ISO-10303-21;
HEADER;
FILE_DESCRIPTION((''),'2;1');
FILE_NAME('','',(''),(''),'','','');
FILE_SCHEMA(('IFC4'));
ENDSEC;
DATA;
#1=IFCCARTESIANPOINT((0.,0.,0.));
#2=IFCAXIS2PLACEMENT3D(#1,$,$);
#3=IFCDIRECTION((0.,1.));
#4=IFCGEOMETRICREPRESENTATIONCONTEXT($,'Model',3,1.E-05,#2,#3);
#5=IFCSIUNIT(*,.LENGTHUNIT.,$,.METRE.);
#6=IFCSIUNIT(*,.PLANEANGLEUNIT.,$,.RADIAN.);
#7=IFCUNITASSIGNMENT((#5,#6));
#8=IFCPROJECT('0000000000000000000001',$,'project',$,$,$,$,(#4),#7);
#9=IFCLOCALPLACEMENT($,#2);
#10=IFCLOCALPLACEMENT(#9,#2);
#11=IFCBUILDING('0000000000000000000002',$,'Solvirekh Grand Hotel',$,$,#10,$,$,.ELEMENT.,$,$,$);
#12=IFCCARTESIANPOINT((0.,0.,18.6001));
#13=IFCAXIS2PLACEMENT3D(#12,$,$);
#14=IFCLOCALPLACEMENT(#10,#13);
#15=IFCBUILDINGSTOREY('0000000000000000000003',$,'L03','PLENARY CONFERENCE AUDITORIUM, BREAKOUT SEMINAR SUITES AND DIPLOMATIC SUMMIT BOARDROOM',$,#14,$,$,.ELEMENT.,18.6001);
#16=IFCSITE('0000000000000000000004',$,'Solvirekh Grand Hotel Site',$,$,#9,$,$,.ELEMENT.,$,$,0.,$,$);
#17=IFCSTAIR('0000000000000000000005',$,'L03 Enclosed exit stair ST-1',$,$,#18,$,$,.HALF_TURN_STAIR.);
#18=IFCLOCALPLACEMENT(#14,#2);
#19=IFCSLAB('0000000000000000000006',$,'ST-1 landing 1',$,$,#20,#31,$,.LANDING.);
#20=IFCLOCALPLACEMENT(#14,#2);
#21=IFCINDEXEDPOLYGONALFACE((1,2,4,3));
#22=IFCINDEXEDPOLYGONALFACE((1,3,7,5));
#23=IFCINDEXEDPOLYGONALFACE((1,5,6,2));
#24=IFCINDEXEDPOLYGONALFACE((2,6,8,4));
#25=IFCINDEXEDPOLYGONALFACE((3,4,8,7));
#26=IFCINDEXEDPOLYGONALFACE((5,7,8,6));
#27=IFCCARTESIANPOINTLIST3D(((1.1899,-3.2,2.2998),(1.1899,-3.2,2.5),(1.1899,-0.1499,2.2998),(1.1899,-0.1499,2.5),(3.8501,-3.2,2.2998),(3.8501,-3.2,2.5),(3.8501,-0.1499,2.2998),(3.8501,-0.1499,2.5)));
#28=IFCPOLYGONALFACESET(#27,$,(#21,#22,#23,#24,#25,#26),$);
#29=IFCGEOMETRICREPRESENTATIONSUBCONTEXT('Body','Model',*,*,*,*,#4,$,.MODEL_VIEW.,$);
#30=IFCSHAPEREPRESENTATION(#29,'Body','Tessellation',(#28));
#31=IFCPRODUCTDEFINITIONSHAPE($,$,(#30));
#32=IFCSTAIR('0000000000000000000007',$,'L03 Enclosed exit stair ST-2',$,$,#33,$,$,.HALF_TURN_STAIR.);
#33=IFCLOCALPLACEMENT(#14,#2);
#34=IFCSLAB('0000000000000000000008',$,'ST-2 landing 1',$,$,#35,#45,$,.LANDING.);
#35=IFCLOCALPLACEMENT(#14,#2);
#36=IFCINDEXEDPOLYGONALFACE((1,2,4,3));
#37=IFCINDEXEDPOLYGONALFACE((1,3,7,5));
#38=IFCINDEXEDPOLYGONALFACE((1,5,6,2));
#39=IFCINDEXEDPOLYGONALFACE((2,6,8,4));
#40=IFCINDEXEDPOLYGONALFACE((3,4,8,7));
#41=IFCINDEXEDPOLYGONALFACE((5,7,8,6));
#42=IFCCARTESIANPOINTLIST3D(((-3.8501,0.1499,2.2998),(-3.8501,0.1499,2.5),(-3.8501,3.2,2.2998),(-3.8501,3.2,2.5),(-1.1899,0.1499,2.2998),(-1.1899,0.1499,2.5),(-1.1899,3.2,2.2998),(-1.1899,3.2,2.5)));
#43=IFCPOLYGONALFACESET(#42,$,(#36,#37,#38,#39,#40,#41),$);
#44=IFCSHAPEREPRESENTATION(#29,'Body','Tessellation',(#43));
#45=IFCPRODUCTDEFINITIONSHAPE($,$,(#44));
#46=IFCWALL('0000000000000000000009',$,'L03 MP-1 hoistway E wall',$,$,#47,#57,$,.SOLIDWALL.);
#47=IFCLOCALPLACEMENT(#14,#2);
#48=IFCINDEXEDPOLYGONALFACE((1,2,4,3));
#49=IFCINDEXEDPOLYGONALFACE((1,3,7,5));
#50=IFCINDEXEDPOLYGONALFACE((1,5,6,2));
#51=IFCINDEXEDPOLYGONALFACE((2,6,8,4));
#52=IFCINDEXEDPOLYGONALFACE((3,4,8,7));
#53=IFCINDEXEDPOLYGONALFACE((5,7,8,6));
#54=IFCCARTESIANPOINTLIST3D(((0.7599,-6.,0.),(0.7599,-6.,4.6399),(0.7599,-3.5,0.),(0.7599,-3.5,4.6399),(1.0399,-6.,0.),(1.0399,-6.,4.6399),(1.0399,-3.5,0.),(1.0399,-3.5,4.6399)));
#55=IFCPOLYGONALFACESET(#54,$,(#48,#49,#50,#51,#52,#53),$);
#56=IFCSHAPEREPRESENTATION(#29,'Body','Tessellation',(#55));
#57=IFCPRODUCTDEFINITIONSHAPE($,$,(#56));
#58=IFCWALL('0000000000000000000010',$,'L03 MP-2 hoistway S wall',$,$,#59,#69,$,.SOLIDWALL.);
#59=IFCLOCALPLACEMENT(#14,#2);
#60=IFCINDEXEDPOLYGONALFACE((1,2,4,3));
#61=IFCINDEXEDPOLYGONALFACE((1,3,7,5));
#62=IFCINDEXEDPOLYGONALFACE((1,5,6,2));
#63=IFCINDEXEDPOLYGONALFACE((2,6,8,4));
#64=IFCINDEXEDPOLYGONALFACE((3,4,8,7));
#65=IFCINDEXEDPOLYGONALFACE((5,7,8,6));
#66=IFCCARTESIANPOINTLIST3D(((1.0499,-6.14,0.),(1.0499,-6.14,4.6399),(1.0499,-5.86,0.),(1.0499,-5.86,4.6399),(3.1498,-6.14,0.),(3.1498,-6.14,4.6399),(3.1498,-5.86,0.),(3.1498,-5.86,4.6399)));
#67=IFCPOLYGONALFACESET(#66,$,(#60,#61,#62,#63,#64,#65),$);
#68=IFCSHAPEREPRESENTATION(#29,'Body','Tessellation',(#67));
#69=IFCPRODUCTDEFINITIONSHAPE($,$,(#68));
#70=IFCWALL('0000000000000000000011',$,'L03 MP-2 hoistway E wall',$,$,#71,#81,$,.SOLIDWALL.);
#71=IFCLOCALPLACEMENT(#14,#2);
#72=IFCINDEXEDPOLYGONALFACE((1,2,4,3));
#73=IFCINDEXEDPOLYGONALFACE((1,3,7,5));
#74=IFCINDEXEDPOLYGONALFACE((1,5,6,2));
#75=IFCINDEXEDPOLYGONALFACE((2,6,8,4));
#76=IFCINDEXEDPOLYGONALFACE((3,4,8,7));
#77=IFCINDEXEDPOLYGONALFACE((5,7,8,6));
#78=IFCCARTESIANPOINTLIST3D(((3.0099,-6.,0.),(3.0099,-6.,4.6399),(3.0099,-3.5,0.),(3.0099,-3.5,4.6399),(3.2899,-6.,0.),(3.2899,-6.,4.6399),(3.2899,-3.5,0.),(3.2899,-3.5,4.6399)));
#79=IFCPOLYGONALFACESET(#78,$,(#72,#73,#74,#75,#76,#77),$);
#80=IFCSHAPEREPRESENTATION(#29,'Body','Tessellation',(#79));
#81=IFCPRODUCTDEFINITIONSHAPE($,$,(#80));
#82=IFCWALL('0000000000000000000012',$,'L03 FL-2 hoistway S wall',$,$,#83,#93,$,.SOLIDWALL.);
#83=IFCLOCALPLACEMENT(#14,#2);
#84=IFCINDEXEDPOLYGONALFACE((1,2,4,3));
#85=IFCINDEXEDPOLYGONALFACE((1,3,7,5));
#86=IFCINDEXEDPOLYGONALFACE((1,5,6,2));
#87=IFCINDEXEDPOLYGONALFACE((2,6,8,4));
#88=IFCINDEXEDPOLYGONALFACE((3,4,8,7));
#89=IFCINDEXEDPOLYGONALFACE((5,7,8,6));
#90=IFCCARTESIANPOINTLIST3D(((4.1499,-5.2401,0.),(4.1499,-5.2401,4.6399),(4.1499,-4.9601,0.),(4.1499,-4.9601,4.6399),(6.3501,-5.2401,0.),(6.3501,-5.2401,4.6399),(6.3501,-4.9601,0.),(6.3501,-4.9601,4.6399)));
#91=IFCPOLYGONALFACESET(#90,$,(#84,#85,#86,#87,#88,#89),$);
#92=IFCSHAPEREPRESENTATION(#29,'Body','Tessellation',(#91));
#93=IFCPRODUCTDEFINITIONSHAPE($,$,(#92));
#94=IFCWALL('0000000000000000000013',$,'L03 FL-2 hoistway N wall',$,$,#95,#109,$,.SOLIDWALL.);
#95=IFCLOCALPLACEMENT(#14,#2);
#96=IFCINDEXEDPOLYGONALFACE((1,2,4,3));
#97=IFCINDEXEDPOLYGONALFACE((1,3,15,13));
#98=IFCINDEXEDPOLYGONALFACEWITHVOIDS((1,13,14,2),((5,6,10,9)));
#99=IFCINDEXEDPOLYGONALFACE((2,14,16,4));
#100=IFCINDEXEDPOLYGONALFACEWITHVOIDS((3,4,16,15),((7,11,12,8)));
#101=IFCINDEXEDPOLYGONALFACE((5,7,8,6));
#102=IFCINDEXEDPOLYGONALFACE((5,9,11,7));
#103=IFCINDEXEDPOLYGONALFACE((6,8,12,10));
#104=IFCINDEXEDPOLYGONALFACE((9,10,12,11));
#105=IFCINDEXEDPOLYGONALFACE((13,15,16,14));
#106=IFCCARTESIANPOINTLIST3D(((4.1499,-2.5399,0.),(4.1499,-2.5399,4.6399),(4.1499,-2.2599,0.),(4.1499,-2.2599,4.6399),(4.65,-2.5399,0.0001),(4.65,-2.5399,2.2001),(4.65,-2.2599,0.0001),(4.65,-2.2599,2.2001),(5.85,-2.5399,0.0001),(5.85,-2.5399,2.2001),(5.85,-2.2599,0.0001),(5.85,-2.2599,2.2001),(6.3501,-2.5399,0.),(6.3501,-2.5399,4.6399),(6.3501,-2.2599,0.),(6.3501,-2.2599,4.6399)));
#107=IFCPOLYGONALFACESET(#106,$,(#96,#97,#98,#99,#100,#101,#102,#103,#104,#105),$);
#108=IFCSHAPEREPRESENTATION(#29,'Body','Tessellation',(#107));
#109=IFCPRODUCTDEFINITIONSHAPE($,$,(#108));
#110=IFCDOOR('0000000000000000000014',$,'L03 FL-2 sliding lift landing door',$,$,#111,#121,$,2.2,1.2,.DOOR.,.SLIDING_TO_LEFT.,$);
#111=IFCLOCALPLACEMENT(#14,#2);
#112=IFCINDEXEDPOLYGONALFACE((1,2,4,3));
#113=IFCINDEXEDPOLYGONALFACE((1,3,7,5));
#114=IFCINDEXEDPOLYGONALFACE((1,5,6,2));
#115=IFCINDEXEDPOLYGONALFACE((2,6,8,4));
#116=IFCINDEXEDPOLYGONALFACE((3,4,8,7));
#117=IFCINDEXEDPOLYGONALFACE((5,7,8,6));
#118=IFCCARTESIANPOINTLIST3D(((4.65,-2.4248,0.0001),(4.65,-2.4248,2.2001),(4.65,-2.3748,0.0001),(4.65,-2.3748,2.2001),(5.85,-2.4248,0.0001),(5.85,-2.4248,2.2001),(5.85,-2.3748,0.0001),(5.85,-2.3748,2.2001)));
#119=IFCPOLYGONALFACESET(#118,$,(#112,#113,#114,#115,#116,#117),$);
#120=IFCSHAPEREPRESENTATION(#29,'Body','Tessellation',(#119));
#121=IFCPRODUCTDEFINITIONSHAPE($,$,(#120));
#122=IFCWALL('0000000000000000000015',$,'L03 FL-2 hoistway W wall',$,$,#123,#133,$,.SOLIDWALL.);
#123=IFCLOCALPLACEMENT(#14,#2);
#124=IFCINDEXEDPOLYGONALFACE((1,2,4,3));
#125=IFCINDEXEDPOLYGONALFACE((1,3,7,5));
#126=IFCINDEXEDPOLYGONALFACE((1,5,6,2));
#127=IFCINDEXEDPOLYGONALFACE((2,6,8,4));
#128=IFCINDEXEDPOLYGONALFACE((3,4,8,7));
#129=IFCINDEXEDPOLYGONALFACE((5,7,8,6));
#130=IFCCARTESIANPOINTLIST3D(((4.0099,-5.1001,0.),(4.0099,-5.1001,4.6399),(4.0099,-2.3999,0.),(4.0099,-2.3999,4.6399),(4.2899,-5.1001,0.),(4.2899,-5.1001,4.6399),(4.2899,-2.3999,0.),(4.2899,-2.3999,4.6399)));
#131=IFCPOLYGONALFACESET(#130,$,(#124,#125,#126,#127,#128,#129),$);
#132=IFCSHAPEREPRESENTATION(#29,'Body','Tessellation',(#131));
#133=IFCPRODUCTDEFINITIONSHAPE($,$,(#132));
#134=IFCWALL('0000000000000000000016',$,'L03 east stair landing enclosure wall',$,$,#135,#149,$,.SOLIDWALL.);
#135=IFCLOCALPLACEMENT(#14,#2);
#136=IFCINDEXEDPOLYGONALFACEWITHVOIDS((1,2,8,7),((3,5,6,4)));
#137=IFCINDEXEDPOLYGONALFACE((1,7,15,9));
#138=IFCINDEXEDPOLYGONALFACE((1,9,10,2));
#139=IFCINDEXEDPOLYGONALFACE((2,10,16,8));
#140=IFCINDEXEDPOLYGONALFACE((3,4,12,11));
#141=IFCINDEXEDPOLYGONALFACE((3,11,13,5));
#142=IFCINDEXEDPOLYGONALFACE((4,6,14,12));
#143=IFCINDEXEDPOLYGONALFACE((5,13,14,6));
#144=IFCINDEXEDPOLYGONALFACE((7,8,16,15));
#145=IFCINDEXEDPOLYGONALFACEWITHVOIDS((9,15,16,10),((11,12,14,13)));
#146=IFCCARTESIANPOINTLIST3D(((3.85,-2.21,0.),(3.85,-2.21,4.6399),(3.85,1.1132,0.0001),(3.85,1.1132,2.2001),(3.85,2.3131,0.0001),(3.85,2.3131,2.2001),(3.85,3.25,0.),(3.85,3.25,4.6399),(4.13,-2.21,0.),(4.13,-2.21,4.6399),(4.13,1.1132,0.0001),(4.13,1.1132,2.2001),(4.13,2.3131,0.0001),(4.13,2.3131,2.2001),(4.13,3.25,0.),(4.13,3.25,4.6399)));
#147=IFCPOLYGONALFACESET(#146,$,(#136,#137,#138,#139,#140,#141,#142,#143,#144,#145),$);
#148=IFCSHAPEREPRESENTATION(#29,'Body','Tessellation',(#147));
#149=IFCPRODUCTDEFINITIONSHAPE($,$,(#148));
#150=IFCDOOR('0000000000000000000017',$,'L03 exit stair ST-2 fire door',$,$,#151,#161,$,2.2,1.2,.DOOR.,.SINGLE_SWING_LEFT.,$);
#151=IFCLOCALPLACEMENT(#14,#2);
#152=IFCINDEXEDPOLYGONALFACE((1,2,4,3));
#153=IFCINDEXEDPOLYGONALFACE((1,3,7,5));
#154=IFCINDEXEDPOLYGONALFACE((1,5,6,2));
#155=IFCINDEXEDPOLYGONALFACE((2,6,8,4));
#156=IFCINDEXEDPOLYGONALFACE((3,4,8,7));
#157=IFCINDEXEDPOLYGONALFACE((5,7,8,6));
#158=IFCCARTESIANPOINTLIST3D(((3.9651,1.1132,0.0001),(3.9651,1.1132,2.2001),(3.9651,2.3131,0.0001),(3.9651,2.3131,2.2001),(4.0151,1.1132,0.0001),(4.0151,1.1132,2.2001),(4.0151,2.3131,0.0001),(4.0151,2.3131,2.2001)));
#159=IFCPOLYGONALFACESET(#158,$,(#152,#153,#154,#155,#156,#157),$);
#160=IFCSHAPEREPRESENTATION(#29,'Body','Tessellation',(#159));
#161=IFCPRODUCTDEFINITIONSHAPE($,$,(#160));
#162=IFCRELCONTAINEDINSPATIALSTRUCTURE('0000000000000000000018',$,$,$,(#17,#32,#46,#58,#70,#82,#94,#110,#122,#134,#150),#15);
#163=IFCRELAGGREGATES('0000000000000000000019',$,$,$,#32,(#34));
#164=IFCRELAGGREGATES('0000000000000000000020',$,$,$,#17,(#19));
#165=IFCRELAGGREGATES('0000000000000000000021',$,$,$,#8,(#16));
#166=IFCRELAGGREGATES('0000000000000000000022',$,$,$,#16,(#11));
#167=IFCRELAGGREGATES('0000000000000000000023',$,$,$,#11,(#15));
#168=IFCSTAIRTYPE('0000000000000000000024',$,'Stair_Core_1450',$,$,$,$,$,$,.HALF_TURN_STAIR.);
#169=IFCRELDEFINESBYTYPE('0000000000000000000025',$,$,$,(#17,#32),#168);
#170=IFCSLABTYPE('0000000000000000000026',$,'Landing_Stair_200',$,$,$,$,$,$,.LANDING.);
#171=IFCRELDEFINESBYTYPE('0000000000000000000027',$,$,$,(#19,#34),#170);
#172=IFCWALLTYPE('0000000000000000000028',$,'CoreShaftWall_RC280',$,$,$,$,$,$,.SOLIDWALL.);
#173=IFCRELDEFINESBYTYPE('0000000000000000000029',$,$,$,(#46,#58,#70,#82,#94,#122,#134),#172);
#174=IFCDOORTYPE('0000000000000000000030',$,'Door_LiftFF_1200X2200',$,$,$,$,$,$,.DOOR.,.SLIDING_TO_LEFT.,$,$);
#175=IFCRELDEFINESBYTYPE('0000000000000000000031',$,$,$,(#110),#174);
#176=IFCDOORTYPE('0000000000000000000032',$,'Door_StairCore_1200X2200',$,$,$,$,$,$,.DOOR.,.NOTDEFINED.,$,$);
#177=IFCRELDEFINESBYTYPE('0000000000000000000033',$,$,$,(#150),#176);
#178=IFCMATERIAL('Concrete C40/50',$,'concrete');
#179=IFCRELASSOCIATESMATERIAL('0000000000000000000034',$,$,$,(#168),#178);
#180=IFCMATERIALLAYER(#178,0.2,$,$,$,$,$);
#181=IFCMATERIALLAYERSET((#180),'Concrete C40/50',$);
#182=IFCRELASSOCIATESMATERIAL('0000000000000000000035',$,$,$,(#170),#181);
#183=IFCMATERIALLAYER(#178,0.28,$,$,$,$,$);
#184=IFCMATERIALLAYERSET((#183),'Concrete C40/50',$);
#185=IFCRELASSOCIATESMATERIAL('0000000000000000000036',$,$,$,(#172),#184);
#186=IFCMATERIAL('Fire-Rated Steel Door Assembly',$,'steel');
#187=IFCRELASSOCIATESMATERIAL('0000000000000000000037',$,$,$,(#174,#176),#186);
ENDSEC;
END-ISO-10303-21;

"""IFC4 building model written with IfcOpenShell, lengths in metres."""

from ifc_helpers import new_model, si_unit, direction, frame, frame_2d, origin, place, context, subcontext, project, spatial, polyline, rectangle, outline, extrude, material, layer, layer_set, type_object, element, fill, aggregate, save


model = new_model("IFC4")

# Units and contexts
model_context = context("Model", 3, precision=1e-05, world=origin(), true_north=direction((0.0, 1.0)))
body_context = subcontext(model_context, "Body", "Model", "MODEL_VIEW")
ifc_project = project(units=[si_unit("LENGTHUNIT", "METRE"), si_unit("PLANEANGLEUNIT", "RADIAN")], contexts=[model_context])

# Site, building, storey
site_placement = place(None, origin())
site = spatial("IfcSite", under=ifc_project, at=site_placement, Name="Solvirekh Grand Hotel Site", CompositionType="ELEMENT", RefElevation=0.0)
building_placement = place(site_placement, origin())
building = spatial("IfcBuilding", under=site, at=building_placement, Name="Solvirekh Grand Hotel", CompositionType="ELEMENT")
storey_placement = place(building_placement, frame((0.0, 0.0, 18.6001)))
storey = spatial("IfcBuildingStorey", under=building, at=storey_placement, Name="L03", Description="PLENARY CONFERENCE AUDITORIUM, BREAKOUT SEMINAR SUITES AND DIPLOMATIC SUMMIT BOARDROOM", CompositionType="ELEMENT", Elevation=18.6001)

# Stairs, slabs
ifc_material_1 = material(Name="Concrete C40/50", Category="concrete")
stair_type_1 = type_object("IfcStairType", Name="Stair_Core_1450", PredefinedType="HALF_TURN_STAIR", material=ifc_material_1)
stair_1_placement = place(storey_placement, origin())
stair_1 = element("IfcStair", 1, at=stair_1_placement, inside=storey, type_object=stair_type_1, Name="L03 Enclosed exit stair ST-1", PredefinedType="HALF_TURN_STAIR")
ifc_layer_1 = layer(ifc_material_1, 0.2)
ifc_layer_set_1 = layer_set([ifc_layer_1], Name="Concrete C40/50")
slab_type_1 = type_object("IfcSlabType", Name="Landing_Stair_200", PredefinedType="LANDING", material=ifc_layer_set_1)
slab_1_placement = place(storey_placement, frame((0.0, 0.0, 2.2998)))
slab_1 = element("IfcSlab", 2, at=slab_1_placement, type_object=slab_type_1, Name="ST-1 landing 1", PredefinedType="LANDING", context=body_context, shape_type="SweptSolid", body=[
    extrude(outline(polyline([(1.1899, -3.2), (3.8501, -3.2), (3.8501, -0.1499), (1.1899, -0.1499), (1.1899, -3.2)])), origin(), (0.0, 0.0, 1.0), 0.2002),
])
stair_2_placement = place(storey_placement, origin())
stair_2 = element("IfcStair", 3, at=stair_2_placement, inside=storey, type_object=stair_type_1, Name="L03 Enclosed exit stair ST-2", PredefinedType="HALF_TURN_STAIR")
slab_2_placement = place(storey_placement, frame((0.0, 0.0, 2.2998)))
slab_2 = element("IfcSlab", 4, at=slab_2_placement, type_object=slab_type_1, Name="ST-2 landing 1", PredefinedType="LANDING", context=body_context, shape_type="SweptSolid", body=[
    extrude(outline(polyline([(-1.1899, 3.2), (-3.8501, 3.2), (-3.8501, 0.1499), (-1.1899, 0.1499), (-1.1899, 3.2)])), origin(), (0.0, 0.0, 1.0), 0.2002),
])
aggregate(stair_2, [slab_2])

# Walls
ifc_layer_2 = layer(ifc_material_1, 0.28)
ifc_layer_set_2 = layer_set([ifc_layer_2], Name="Concrete C40/50")
wall_type_1 = type_object("IfcWallType", Name="CoreShaftWall_RC280", PredefinedType="SOLIDWALL", material=ifc_layer_set_2)
wall_1_placement = place(storey_placement, frame((0.8999, -6.0, 0.0), z_axis=(0.0, 0.0, 1.0), x_axis=(0.0, 1.0, 0.0)))
element("IfcWall", 5, at=wall_1_placement, inside=storey, type_object=wall_type_1, Name="L03 MP-1 hoistway E wall", PredefinedType="SOLIDWALL", context=body_context, shape_type="SweptSolid", body=[
    extrude(rectangle(XDim=2.5, YDim=0.28, at=frame_2d((1.25, 0.0))), origin(), (0.0, 0.0, 1.0), 4.6399),
])
wall_2_placement = place(storey_placement, frame((1.05, -6.0, 0.0), z_axis=(0.0, 0.0, 1.0), x_axis=(1.0, 0.0, 0.0)))
element("IfcWall", 6, at=wall_2_placement, inside=storey, type_object=wall_type_1, Name="L03 MP-2 hoistway S wall", PredefinedType="SOLIDWALL", context=body_context, shape_type="SweptSolid", body=[
    extrude(rectangle(XDim=2.0999, YDim=0.28, at=frame_2d((1.0498, 0.0))), origin(), (0.0, 0.0, 1.0), 4.6399),
])
wall_3_placement = place(storey_placement, frame((3.1499, -6.0, 0.0), z_axis=(0.0, 0.0, 1.0), x_axis=(0.0, 1.0, 0.0)))
element("IfcWall", 7, at=wall_3_placement, inside=storey, type_object=wall_type_1, Name="L03 MP-2 hoistway E wall", PredefinedType="SOLIDWALL", context=body_context, shape_type="SweptSolid", body=[
    extrude(rectangle(XDim=2.5, YDim=0.28, at=frame_2d((1.25, 0.0))), origin(), (0.0, 0.0, 1.0), 4.6399),
])
wall_4_placement = place(storey_placement, frame((4.1499, -5.1001, 0.0), z_axis=(0.0, 0.0, 1.0), x_axis=(1.0, 0.0, 0.0)))
element("IfcWall", 8, at=wall_4_placement, inside=storey, type_object=wall_type_1, Name="L03 FL-2 hoistway S wall", PredefinedType="SOLIDWALL", context=body_context, shape_type="SweptSolid", body=[
    extrude(rectangle(XDim=2.2002, YDim=0.28, at=frame_2d((1.1001, 0.0))), origin(), (0.0, 0.0, 1.0), 4.6399),
])

# Wall, opening, door
wall_5_placement = place(storey_placement, frame((6.3501, -2.3999, 0.0), z_axis=(0.0, 0.0, 1.0), x_axis=(-1.0, 0.0, 0.0)))
wall_5 = element("IfcWall", 9, at=wall_5_placement, inside=storey, type_object=wall_type_1, Name="L03 FL-2 hoistway N wall", PredefinedType="SOLIDWALL", context=body_context, shape_type="SweptSolid", body=[
    extrude(rectangle(XDim=2.2002, YDim=0.28, at=frame_2d((1.1001, 0.0))), origin(), (0.0, 0.0, 1.0), 4.6399),
])
opening_1_placement = place(wall_5_placement, frame((0.5, 0.0, 0.0)))
opening_1 = element("IfcOpeningElement", 10, at=opening_1_placement, cuts=wall_5, PredefinedType="OPENING", context=body_context, shape_type="SweptSolid", body=[
    extrude(rectangle(XDim=1.2, YDim=2.2, at=frame_2d((0.6001, 1.1001))), frame((0.0, 0.1499, 0.0), z_axis=(0.0, -1.0, 0.0), x_axis=(1.0, 0.0, 0.0)), (0.0, 0.0, 1.0), 0.3),
])
ifc_material_2 = material(Name="Fire-Rated Steel Door Assembly", Category="steel")
door_type_1 = type_object("IfcDoorType", Name="Door_LiftFF_1200X2200", OperationType="SLIDING_TO_LEFT", PredefinedType="DOOR", material=ifc_material_2)
door_1_placement = place(opening_1_placement, origin())
door_1 = element("IfcDoor", 11, at=door_1_placement, inside=storey, type_object=door_type_1, Name="L03 FL-2 sliding lift landing door", OperationType="SLIDING_TO_LEFT", OverallHeight=2.2, OverallWidth=1.2, PredefinedType="DOOR", context=body_context, shape_type="SweptSolid", body=[
    extrude(rectangle(XDim=1.2, YDim=2.2, at=frame_2d((0.6001, 1.1001))), frame((0.0, 0.0249, 0.0), z_axis=(0.0, -1.0, 0.0), x_axis=(1.0, 0.0, 0.0)), (0.0, 0.0, 1.0), 0.05),
])
fill(opening_1, door_1)

# Wall
wall_6_placement = place(storey_placement, frame((4.1499, -2.3999, 0.0), z_axis=(0.0, 0.0, 1.0), x_axis=(0.0, -1.0, 0.0)))
element("IfcWall", 12, at=wall_6_placement, inside=storey, type_object=wall_type_1, Name="L03 FL-2 hoistway W wall", PredefinedType="SOLIDWALL", context=body_context, shape_type="SweptSolid", body=[
    extrude(rectangle(XDim=2.7002, YDim=0.28, at=frame_2d((1.3501, 0.0))), origin(), (0.0, 0.0, 1.0), 4.6399),
])

# Wall, opening, door
wall_7_placement = place(storey_placement, frame((3.99, -2.21, 0.0), z_axis=(0.0, 0.0, 1.0), x_axis=(0.0, 1.0, 0.0)))
wall_7 = element("IfcWall", 13, at=wall_7_placement, inside=storey, type_object=wall_type_1, Name="L03 east stair landing enclosure wall", PredefinedType="SOLIDWALL", context=body_context, shape_type="SweptSolid", body=[
    extrude(rectangle(XDim=5.46, YDim=0.28, at=frame_2d((2.73, 0.0))), origin(), (0.0, 0.0, 1.0), 4.6399),
])
opening_2_placement = place(wall_7_placement, frame((3.323, 0.0, 0.0)))
opening_2 = element("IfcOpeningElement", 14, at=opening_2_placement, cuts=wall_7, PredefinedType="OPENING", context=body_context, shape_type="SweptSolid", body=[
    extrude(rectangle(XDim=1.2, YDim=2.2, at=frame_2d((0.6001, 1.1001))), frame((0.0, 0.1499, 0.0), z_axis=(0.0, -1.0, 0.0), x_axis=(1.0, 0.0, 0.0)), (0.0, 0.0, 1.0), 0.3),
])
door_type_2 = type_object("IfcDoorType", Name="Door_StairCore_1200X2200", OperationType="NOTDEFINED", PredefinedType="DOOR", material=ifc_material_2)
door_2_placement = place(opening_2_placement, origin())
door_2 = element("IfcDoor", 15, at=door_2_placement, inside=storey, type_object=door_type_2, Name="L03 exit stair ST-2 fire door", OperationType="SINGLE_SWING_LEFT", OverallHeight=2.2, OverallWidth=1.2, PredefinedType="DOOR", context=body_context, shape_type="SweptSolid", body=[
    extrude(rectangle(XDim=1.2, YDim=2.2, at=frame_2d((0.6001, 1.1001))), frame((0.0, 0.0249, 0.0), z_axis=(0.0, -1.0, 0.0), x_axis=(1.0, 0.0, 0.0)), (0.0, 0.0, 1.0), 0.05),
])
fill(opening_2, door_2)

aggregate(stair_1, [slab_1])

save(model, "model.ifc")
